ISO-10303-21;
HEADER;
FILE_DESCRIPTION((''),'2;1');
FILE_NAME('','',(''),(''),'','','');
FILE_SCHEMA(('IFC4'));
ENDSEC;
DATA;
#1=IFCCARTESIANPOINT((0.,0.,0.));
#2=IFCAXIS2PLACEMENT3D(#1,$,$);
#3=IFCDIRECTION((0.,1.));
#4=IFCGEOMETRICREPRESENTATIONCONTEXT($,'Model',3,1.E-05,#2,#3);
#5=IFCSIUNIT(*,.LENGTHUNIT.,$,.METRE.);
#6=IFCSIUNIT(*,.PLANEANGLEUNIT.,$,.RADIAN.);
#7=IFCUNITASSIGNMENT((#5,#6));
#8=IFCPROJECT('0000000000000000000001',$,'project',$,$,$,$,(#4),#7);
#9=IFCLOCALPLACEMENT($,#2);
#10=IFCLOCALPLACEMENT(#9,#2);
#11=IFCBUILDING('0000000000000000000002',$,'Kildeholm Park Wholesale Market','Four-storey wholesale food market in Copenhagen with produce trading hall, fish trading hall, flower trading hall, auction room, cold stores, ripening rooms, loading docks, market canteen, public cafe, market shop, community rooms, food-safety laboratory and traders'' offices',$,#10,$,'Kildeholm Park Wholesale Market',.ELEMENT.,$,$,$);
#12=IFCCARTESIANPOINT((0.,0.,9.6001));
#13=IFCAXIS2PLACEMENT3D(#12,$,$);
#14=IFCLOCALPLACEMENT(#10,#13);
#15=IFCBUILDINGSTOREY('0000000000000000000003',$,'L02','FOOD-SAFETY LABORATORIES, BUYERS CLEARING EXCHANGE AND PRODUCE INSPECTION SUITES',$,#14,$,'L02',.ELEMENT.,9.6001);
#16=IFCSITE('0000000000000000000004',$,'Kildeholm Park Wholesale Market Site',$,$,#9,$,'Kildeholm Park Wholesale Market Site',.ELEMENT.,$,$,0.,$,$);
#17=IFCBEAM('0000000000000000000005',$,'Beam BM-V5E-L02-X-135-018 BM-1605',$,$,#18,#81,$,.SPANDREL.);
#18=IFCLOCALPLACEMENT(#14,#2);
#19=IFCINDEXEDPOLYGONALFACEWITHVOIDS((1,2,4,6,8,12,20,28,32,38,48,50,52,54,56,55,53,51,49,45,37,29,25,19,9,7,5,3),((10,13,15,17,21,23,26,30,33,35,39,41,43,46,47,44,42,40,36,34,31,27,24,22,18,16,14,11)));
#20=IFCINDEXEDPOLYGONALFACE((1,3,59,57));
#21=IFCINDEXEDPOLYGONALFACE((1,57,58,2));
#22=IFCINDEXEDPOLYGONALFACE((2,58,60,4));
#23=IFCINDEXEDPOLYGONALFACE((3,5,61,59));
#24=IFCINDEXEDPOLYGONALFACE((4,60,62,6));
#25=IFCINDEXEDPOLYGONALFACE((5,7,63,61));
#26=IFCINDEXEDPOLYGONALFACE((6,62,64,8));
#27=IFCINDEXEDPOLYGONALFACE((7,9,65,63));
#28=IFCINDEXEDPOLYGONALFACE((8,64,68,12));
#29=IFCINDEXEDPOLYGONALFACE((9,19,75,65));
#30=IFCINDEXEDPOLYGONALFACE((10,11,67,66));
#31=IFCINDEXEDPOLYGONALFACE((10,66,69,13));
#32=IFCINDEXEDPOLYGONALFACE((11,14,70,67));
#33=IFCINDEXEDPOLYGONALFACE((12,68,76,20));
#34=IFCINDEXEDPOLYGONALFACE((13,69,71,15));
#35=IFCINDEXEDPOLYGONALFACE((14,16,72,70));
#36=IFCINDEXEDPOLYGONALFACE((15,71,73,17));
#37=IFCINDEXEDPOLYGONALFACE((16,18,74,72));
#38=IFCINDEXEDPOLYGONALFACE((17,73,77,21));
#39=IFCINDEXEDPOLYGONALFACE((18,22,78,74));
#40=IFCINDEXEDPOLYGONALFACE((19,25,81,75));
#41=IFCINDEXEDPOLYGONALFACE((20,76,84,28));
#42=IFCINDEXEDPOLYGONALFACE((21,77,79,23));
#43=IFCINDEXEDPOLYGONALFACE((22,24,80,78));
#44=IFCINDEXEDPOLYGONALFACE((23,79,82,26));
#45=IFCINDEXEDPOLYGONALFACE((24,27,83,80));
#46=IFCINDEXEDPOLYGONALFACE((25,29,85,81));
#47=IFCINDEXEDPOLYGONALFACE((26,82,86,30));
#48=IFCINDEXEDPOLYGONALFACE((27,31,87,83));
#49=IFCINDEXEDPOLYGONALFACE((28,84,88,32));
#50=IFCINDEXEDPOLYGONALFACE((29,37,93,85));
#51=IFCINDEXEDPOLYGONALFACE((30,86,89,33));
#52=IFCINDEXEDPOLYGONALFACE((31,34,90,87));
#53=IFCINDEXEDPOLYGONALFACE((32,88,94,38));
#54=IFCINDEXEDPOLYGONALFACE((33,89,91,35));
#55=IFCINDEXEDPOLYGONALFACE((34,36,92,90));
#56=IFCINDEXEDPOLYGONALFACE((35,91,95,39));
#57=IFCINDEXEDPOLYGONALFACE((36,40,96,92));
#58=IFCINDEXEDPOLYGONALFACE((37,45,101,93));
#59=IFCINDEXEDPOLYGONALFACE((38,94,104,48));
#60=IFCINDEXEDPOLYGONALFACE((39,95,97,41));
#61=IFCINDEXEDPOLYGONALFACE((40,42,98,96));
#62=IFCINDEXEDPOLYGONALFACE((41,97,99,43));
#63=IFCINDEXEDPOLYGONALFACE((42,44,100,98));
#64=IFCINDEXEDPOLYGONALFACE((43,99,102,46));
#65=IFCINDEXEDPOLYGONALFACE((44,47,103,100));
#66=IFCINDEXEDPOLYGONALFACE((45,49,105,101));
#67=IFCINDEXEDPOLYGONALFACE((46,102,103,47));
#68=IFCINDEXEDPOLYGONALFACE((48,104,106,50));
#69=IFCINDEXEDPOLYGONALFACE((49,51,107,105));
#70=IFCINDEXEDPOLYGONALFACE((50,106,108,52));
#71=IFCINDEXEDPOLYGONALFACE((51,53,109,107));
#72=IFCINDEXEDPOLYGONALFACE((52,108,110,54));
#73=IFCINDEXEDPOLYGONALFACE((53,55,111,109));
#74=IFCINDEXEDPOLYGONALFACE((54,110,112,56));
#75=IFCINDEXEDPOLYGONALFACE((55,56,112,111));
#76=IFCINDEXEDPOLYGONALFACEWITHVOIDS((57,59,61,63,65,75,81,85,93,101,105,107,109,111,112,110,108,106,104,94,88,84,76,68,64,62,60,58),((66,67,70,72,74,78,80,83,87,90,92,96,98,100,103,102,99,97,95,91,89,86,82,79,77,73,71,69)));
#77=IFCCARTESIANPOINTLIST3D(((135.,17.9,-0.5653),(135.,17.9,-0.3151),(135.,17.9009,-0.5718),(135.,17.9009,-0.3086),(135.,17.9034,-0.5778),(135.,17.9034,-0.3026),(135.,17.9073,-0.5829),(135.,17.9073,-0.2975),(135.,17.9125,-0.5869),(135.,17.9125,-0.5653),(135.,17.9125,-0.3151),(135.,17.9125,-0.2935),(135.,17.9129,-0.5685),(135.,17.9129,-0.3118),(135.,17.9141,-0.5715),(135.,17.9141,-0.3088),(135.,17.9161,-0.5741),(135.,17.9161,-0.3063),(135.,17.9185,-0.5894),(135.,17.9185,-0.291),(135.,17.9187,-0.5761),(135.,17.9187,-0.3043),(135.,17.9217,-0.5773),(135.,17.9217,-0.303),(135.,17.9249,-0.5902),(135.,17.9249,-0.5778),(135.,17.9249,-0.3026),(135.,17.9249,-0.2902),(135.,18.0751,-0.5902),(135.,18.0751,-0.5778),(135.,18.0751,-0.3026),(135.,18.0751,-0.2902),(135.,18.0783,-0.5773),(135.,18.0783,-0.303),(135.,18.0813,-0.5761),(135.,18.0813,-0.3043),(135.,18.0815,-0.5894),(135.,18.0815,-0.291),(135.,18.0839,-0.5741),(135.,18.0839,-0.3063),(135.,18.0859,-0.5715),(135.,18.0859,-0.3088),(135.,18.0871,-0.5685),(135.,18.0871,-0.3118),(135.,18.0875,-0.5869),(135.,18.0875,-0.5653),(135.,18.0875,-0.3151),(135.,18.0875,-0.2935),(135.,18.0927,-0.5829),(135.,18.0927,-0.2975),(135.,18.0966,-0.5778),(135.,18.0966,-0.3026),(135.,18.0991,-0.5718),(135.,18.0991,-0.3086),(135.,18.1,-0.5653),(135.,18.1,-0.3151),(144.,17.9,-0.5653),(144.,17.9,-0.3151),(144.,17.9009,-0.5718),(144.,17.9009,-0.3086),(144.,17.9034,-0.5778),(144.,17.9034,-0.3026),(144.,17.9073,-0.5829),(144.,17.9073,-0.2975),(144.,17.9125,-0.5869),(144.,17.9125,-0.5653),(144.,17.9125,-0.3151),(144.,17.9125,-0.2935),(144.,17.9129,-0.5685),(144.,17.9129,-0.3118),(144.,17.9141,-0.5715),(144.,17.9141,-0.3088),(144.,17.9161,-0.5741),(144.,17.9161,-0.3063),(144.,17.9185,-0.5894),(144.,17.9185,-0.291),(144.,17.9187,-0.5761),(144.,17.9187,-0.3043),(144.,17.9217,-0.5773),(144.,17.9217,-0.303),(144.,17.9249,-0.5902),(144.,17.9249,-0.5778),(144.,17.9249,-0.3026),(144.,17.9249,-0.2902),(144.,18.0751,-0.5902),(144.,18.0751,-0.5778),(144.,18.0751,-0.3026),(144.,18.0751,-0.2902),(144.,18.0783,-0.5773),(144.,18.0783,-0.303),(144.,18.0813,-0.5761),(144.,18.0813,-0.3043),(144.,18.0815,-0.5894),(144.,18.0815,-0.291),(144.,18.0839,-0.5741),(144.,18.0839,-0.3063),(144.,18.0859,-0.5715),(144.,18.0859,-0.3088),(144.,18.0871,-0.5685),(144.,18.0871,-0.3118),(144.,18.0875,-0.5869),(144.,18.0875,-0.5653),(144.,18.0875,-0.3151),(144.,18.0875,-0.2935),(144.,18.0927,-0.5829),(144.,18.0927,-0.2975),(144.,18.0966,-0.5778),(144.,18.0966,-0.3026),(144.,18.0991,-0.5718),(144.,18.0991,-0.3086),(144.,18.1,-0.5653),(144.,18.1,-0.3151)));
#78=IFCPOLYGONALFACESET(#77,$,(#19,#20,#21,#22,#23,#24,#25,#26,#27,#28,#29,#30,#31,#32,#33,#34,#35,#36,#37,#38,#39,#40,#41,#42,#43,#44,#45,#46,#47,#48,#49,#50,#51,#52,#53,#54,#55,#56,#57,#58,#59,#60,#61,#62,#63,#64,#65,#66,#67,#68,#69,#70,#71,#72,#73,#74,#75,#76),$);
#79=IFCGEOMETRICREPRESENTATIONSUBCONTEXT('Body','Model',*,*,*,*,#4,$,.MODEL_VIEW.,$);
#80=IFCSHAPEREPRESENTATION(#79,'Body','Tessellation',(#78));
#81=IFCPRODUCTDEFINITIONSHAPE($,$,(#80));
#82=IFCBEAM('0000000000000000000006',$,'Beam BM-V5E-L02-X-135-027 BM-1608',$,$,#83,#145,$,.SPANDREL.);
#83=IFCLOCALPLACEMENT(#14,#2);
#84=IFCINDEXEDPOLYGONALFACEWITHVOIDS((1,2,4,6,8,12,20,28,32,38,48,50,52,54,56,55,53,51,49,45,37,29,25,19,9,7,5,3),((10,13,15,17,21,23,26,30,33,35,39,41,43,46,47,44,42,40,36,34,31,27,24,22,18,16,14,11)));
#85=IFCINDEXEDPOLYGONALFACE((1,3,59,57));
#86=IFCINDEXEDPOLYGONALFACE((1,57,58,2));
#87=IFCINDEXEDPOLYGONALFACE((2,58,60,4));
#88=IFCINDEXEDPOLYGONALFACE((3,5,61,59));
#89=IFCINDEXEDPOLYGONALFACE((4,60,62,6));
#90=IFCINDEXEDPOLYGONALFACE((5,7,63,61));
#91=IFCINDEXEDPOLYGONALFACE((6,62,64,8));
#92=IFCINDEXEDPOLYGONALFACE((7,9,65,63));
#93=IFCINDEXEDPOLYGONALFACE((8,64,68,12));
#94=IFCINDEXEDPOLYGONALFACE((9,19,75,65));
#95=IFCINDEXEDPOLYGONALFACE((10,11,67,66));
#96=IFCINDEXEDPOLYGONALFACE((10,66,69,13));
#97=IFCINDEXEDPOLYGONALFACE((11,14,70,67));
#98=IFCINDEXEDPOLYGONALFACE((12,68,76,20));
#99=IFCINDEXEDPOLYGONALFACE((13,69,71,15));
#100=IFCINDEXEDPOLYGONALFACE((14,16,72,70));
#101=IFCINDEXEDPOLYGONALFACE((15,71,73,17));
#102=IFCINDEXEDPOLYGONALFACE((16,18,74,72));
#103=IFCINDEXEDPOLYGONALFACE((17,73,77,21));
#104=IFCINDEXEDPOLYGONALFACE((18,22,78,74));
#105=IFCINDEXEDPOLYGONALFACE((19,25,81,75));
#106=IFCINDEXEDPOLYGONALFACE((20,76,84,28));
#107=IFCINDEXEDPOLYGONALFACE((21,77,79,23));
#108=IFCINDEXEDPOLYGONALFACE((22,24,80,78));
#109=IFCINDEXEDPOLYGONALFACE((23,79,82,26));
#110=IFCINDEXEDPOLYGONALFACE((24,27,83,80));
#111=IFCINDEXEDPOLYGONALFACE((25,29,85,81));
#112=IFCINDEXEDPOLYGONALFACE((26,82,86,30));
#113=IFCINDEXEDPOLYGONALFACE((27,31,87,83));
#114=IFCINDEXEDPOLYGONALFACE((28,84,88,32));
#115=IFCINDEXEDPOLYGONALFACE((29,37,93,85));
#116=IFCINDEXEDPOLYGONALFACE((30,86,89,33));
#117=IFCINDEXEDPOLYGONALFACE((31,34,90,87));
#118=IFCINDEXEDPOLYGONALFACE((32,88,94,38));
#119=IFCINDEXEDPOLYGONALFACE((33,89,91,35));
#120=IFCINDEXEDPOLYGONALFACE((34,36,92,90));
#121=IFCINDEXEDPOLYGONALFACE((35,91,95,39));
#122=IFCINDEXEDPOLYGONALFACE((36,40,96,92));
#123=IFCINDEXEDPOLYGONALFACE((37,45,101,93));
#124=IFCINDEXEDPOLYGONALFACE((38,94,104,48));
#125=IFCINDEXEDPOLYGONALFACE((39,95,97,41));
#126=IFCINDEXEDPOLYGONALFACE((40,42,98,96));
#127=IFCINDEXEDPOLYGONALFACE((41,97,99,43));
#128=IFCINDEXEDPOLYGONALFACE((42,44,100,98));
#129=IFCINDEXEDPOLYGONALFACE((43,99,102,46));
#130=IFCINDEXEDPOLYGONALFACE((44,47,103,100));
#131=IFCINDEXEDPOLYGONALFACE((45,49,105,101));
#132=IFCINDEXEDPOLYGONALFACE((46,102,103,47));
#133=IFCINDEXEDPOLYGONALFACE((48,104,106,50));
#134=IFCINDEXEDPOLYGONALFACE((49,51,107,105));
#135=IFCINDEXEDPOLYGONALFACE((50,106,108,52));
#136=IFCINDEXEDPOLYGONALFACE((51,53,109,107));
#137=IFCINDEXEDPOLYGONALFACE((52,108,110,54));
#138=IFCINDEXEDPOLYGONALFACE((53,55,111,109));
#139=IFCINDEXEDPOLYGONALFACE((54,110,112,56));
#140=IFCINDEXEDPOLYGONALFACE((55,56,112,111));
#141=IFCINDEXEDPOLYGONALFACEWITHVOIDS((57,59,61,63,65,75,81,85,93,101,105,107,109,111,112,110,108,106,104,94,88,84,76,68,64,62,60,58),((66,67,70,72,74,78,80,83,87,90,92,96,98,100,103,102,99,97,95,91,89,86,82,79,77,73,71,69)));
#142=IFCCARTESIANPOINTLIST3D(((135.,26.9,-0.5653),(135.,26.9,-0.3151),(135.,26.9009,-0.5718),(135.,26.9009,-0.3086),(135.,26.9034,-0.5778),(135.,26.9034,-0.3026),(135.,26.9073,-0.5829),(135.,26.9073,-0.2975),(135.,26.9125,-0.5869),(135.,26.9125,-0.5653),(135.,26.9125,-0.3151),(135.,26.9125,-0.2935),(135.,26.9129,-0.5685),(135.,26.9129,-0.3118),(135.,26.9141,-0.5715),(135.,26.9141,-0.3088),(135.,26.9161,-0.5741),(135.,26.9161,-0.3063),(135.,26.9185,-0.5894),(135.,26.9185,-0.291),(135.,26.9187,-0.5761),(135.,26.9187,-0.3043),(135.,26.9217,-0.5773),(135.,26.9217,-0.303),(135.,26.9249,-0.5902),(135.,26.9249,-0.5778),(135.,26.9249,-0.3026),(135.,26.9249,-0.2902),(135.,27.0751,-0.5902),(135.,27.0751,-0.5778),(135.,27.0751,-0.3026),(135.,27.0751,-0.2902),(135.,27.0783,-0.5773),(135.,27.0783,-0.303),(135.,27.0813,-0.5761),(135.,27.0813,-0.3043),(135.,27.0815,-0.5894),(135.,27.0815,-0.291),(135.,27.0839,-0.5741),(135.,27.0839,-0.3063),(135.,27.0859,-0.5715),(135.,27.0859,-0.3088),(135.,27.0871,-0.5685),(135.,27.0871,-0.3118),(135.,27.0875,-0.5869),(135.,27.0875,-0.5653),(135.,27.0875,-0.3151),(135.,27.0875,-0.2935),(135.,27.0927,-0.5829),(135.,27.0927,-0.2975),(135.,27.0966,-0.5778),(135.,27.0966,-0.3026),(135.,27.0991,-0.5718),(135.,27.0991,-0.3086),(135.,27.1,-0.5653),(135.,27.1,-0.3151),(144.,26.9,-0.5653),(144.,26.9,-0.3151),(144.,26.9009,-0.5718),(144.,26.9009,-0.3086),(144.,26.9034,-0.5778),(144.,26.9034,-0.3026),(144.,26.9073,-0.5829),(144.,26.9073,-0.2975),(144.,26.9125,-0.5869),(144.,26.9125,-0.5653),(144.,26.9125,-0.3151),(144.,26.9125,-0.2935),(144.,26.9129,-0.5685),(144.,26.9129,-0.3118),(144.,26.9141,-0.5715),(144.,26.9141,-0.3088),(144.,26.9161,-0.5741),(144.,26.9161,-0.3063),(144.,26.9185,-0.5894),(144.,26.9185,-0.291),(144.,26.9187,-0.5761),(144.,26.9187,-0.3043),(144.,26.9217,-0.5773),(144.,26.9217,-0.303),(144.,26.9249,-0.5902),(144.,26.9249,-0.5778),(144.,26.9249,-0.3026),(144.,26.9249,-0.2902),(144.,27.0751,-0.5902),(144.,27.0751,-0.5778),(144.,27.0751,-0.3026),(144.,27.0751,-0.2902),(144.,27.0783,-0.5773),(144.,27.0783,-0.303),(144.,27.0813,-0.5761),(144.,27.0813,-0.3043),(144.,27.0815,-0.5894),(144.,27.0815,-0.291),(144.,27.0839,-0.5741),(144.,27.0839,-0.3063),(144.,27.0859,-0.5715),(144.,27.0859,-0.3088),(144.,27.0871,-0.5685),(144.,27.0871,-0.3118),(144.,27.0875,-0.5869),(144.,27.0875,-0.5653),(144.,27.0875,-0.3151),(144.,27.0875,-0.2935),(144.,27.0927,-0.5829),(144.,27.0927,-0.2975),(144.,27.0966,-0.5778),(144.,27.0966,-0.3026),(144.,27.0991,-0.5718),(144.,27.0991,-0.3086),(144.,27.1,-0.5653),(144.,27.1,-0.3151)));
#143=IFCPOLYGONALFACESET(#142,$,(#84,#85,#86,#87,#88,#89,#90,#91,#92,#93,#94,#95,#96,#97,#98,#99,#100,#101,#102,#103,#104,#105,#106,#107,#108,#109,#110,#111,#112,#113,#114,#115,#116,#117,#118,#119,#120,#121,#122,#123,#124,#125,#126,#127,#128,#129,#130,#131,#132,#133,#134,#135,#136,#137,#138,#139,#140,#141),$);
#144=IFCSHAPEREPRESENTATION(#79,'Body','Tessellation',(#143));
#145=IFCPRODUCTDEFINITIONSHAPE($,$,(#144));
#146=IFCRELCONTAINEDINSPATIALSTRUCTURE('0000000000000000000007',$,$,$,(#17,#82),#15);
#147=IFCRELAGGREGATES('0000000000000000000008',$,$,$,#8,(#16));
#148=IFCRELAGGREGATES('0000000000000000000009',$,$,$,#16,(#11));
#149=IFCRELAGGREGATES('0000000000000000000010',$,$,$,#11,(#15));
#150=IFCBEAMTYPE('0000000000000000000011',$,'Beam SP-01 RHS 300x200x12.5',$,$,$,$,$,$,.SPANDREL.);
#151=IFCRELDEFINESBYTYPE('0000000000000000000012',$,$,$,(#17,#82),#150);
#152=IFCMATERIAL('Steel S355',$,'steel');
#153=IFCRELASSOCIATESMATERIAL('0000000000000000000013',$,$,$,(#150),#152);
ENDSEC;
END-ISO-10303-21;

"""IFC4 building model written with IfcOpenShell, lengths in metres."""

from ifc_helpers import new_model, si_unit, direction, frame, origin, origin_2d, place, context, subcontext, project, spatial, hollow_rectangle, extrude, material, material_profile, profile_set, type_object, element, save


model = new_model("IFC4")

# Units and contexts
model_context = context("Model", 3, precision=1e-05, world=origin(), true_north=direction((0.0, 1.0)))
body_context = subcontext(model_context, "Body", "Model", "MODEL_VIEW")
ifc_project = project(units=[si_unit("LENGTHUNIT", "METRE"), si_unit("PLANEANGLEUNIT", "RADIAN")], contexts=[model_context])

# Site, building, storey
site_placement = place(None, origin())
site = spatial("IfcSite", under=ifc_project, at=site_placement, Name="Kildeholm Park Wholesale Market Site", LongName="Kildeholm Park Wholesale Market Site", CompositionType="ELEMENT", RefElevation=0.0)
building_placement = place(site_placement, origin())
building = spatial("IfcBuilding", under=site, at=building_placement, Name="Kildeholm Park Wholesale Market", Description="Four-storey wholesale food market in Copenhagen with produce trading hall, fish trading hall, flower trading hall, auction room, cold stores, ripening rooms, loading docks, market canteen, public cafe, market shop, community rooms, food-safety laboratory and traders' offices", LongName="Kildeholm Park Wholesale Market", CompositionType="ELEMENT")
storey_placement = place(building_placement, frame((0.0, 0.0, 9.6001)))
storey = spatial("IfcBuildingStorey", under=building, at=storey_placement, Name="L02", Description="FOOD-SAFETY LABORATORIES, BUYERS CLEARING EXCHANGE AND PRODUCE INSPECTION SUITES", LongName="L02", CompositionType="ELEMENT", Elevation=9.6001)

# Shared definitions
ifc_material_1 = material(Name="Steel S355", Category="steel")

# Beams
ifc_material_profile_1 = material_profile(ifc_material_1, hollow_rectangle(XDim=0.2, YDim=0.3, WallThickness=0.0125, InnerFilletRadius=0.0125, OuterFilletRadius=0.0249, at=origin_2d()), Name="RHS 300x200x12.5")
ifc_profile_set_1 = profile_set([ifc_material_profile_1], Name="Steel S355")
beam_type_1 = type_object("IfcBeamType", Name="Beam SP-01 RHS 300x200x12.5", PredefinedType="SPANDREL", material=ifc_profile_set_1)
for number, where, z_axis, x_axis, name in (
    (1, (135.0, 18.0, -0.4402), (1.0, 0.0, 0.0), (0.0, 1.0, 0.0), "Beam BM-V5E-L02-X-135-018 BM-1605"),
    (2, (135.0, 27.0, -0.4402), (1.0, 0.0, 0.0), (0.0, 1.0, 0.0), "Beam BM-V5E-L02-X-135-027 BM-1608"),
):
    element("IfcBeam", number, at=place(storey_placement, frame(where, z_axis=z_axis, x_axis=x_axis)), inside=storey, type_object=beam_type_1, Name=name, PredefinedType="SPANDREL", context=body_context, shape_type="SweptSolid", body=[
        extrude(hollow_rectangle(XDim=0.2, YDim=0.3, WallThickness=0.0125, InnerFilletRadius=0.0125, OuterFilletRadius=0.0249, at=origin_2d()), origin(), (0.0, 0.0, 1.0), 9.0),
    ])

save(model, "model.ifc")
